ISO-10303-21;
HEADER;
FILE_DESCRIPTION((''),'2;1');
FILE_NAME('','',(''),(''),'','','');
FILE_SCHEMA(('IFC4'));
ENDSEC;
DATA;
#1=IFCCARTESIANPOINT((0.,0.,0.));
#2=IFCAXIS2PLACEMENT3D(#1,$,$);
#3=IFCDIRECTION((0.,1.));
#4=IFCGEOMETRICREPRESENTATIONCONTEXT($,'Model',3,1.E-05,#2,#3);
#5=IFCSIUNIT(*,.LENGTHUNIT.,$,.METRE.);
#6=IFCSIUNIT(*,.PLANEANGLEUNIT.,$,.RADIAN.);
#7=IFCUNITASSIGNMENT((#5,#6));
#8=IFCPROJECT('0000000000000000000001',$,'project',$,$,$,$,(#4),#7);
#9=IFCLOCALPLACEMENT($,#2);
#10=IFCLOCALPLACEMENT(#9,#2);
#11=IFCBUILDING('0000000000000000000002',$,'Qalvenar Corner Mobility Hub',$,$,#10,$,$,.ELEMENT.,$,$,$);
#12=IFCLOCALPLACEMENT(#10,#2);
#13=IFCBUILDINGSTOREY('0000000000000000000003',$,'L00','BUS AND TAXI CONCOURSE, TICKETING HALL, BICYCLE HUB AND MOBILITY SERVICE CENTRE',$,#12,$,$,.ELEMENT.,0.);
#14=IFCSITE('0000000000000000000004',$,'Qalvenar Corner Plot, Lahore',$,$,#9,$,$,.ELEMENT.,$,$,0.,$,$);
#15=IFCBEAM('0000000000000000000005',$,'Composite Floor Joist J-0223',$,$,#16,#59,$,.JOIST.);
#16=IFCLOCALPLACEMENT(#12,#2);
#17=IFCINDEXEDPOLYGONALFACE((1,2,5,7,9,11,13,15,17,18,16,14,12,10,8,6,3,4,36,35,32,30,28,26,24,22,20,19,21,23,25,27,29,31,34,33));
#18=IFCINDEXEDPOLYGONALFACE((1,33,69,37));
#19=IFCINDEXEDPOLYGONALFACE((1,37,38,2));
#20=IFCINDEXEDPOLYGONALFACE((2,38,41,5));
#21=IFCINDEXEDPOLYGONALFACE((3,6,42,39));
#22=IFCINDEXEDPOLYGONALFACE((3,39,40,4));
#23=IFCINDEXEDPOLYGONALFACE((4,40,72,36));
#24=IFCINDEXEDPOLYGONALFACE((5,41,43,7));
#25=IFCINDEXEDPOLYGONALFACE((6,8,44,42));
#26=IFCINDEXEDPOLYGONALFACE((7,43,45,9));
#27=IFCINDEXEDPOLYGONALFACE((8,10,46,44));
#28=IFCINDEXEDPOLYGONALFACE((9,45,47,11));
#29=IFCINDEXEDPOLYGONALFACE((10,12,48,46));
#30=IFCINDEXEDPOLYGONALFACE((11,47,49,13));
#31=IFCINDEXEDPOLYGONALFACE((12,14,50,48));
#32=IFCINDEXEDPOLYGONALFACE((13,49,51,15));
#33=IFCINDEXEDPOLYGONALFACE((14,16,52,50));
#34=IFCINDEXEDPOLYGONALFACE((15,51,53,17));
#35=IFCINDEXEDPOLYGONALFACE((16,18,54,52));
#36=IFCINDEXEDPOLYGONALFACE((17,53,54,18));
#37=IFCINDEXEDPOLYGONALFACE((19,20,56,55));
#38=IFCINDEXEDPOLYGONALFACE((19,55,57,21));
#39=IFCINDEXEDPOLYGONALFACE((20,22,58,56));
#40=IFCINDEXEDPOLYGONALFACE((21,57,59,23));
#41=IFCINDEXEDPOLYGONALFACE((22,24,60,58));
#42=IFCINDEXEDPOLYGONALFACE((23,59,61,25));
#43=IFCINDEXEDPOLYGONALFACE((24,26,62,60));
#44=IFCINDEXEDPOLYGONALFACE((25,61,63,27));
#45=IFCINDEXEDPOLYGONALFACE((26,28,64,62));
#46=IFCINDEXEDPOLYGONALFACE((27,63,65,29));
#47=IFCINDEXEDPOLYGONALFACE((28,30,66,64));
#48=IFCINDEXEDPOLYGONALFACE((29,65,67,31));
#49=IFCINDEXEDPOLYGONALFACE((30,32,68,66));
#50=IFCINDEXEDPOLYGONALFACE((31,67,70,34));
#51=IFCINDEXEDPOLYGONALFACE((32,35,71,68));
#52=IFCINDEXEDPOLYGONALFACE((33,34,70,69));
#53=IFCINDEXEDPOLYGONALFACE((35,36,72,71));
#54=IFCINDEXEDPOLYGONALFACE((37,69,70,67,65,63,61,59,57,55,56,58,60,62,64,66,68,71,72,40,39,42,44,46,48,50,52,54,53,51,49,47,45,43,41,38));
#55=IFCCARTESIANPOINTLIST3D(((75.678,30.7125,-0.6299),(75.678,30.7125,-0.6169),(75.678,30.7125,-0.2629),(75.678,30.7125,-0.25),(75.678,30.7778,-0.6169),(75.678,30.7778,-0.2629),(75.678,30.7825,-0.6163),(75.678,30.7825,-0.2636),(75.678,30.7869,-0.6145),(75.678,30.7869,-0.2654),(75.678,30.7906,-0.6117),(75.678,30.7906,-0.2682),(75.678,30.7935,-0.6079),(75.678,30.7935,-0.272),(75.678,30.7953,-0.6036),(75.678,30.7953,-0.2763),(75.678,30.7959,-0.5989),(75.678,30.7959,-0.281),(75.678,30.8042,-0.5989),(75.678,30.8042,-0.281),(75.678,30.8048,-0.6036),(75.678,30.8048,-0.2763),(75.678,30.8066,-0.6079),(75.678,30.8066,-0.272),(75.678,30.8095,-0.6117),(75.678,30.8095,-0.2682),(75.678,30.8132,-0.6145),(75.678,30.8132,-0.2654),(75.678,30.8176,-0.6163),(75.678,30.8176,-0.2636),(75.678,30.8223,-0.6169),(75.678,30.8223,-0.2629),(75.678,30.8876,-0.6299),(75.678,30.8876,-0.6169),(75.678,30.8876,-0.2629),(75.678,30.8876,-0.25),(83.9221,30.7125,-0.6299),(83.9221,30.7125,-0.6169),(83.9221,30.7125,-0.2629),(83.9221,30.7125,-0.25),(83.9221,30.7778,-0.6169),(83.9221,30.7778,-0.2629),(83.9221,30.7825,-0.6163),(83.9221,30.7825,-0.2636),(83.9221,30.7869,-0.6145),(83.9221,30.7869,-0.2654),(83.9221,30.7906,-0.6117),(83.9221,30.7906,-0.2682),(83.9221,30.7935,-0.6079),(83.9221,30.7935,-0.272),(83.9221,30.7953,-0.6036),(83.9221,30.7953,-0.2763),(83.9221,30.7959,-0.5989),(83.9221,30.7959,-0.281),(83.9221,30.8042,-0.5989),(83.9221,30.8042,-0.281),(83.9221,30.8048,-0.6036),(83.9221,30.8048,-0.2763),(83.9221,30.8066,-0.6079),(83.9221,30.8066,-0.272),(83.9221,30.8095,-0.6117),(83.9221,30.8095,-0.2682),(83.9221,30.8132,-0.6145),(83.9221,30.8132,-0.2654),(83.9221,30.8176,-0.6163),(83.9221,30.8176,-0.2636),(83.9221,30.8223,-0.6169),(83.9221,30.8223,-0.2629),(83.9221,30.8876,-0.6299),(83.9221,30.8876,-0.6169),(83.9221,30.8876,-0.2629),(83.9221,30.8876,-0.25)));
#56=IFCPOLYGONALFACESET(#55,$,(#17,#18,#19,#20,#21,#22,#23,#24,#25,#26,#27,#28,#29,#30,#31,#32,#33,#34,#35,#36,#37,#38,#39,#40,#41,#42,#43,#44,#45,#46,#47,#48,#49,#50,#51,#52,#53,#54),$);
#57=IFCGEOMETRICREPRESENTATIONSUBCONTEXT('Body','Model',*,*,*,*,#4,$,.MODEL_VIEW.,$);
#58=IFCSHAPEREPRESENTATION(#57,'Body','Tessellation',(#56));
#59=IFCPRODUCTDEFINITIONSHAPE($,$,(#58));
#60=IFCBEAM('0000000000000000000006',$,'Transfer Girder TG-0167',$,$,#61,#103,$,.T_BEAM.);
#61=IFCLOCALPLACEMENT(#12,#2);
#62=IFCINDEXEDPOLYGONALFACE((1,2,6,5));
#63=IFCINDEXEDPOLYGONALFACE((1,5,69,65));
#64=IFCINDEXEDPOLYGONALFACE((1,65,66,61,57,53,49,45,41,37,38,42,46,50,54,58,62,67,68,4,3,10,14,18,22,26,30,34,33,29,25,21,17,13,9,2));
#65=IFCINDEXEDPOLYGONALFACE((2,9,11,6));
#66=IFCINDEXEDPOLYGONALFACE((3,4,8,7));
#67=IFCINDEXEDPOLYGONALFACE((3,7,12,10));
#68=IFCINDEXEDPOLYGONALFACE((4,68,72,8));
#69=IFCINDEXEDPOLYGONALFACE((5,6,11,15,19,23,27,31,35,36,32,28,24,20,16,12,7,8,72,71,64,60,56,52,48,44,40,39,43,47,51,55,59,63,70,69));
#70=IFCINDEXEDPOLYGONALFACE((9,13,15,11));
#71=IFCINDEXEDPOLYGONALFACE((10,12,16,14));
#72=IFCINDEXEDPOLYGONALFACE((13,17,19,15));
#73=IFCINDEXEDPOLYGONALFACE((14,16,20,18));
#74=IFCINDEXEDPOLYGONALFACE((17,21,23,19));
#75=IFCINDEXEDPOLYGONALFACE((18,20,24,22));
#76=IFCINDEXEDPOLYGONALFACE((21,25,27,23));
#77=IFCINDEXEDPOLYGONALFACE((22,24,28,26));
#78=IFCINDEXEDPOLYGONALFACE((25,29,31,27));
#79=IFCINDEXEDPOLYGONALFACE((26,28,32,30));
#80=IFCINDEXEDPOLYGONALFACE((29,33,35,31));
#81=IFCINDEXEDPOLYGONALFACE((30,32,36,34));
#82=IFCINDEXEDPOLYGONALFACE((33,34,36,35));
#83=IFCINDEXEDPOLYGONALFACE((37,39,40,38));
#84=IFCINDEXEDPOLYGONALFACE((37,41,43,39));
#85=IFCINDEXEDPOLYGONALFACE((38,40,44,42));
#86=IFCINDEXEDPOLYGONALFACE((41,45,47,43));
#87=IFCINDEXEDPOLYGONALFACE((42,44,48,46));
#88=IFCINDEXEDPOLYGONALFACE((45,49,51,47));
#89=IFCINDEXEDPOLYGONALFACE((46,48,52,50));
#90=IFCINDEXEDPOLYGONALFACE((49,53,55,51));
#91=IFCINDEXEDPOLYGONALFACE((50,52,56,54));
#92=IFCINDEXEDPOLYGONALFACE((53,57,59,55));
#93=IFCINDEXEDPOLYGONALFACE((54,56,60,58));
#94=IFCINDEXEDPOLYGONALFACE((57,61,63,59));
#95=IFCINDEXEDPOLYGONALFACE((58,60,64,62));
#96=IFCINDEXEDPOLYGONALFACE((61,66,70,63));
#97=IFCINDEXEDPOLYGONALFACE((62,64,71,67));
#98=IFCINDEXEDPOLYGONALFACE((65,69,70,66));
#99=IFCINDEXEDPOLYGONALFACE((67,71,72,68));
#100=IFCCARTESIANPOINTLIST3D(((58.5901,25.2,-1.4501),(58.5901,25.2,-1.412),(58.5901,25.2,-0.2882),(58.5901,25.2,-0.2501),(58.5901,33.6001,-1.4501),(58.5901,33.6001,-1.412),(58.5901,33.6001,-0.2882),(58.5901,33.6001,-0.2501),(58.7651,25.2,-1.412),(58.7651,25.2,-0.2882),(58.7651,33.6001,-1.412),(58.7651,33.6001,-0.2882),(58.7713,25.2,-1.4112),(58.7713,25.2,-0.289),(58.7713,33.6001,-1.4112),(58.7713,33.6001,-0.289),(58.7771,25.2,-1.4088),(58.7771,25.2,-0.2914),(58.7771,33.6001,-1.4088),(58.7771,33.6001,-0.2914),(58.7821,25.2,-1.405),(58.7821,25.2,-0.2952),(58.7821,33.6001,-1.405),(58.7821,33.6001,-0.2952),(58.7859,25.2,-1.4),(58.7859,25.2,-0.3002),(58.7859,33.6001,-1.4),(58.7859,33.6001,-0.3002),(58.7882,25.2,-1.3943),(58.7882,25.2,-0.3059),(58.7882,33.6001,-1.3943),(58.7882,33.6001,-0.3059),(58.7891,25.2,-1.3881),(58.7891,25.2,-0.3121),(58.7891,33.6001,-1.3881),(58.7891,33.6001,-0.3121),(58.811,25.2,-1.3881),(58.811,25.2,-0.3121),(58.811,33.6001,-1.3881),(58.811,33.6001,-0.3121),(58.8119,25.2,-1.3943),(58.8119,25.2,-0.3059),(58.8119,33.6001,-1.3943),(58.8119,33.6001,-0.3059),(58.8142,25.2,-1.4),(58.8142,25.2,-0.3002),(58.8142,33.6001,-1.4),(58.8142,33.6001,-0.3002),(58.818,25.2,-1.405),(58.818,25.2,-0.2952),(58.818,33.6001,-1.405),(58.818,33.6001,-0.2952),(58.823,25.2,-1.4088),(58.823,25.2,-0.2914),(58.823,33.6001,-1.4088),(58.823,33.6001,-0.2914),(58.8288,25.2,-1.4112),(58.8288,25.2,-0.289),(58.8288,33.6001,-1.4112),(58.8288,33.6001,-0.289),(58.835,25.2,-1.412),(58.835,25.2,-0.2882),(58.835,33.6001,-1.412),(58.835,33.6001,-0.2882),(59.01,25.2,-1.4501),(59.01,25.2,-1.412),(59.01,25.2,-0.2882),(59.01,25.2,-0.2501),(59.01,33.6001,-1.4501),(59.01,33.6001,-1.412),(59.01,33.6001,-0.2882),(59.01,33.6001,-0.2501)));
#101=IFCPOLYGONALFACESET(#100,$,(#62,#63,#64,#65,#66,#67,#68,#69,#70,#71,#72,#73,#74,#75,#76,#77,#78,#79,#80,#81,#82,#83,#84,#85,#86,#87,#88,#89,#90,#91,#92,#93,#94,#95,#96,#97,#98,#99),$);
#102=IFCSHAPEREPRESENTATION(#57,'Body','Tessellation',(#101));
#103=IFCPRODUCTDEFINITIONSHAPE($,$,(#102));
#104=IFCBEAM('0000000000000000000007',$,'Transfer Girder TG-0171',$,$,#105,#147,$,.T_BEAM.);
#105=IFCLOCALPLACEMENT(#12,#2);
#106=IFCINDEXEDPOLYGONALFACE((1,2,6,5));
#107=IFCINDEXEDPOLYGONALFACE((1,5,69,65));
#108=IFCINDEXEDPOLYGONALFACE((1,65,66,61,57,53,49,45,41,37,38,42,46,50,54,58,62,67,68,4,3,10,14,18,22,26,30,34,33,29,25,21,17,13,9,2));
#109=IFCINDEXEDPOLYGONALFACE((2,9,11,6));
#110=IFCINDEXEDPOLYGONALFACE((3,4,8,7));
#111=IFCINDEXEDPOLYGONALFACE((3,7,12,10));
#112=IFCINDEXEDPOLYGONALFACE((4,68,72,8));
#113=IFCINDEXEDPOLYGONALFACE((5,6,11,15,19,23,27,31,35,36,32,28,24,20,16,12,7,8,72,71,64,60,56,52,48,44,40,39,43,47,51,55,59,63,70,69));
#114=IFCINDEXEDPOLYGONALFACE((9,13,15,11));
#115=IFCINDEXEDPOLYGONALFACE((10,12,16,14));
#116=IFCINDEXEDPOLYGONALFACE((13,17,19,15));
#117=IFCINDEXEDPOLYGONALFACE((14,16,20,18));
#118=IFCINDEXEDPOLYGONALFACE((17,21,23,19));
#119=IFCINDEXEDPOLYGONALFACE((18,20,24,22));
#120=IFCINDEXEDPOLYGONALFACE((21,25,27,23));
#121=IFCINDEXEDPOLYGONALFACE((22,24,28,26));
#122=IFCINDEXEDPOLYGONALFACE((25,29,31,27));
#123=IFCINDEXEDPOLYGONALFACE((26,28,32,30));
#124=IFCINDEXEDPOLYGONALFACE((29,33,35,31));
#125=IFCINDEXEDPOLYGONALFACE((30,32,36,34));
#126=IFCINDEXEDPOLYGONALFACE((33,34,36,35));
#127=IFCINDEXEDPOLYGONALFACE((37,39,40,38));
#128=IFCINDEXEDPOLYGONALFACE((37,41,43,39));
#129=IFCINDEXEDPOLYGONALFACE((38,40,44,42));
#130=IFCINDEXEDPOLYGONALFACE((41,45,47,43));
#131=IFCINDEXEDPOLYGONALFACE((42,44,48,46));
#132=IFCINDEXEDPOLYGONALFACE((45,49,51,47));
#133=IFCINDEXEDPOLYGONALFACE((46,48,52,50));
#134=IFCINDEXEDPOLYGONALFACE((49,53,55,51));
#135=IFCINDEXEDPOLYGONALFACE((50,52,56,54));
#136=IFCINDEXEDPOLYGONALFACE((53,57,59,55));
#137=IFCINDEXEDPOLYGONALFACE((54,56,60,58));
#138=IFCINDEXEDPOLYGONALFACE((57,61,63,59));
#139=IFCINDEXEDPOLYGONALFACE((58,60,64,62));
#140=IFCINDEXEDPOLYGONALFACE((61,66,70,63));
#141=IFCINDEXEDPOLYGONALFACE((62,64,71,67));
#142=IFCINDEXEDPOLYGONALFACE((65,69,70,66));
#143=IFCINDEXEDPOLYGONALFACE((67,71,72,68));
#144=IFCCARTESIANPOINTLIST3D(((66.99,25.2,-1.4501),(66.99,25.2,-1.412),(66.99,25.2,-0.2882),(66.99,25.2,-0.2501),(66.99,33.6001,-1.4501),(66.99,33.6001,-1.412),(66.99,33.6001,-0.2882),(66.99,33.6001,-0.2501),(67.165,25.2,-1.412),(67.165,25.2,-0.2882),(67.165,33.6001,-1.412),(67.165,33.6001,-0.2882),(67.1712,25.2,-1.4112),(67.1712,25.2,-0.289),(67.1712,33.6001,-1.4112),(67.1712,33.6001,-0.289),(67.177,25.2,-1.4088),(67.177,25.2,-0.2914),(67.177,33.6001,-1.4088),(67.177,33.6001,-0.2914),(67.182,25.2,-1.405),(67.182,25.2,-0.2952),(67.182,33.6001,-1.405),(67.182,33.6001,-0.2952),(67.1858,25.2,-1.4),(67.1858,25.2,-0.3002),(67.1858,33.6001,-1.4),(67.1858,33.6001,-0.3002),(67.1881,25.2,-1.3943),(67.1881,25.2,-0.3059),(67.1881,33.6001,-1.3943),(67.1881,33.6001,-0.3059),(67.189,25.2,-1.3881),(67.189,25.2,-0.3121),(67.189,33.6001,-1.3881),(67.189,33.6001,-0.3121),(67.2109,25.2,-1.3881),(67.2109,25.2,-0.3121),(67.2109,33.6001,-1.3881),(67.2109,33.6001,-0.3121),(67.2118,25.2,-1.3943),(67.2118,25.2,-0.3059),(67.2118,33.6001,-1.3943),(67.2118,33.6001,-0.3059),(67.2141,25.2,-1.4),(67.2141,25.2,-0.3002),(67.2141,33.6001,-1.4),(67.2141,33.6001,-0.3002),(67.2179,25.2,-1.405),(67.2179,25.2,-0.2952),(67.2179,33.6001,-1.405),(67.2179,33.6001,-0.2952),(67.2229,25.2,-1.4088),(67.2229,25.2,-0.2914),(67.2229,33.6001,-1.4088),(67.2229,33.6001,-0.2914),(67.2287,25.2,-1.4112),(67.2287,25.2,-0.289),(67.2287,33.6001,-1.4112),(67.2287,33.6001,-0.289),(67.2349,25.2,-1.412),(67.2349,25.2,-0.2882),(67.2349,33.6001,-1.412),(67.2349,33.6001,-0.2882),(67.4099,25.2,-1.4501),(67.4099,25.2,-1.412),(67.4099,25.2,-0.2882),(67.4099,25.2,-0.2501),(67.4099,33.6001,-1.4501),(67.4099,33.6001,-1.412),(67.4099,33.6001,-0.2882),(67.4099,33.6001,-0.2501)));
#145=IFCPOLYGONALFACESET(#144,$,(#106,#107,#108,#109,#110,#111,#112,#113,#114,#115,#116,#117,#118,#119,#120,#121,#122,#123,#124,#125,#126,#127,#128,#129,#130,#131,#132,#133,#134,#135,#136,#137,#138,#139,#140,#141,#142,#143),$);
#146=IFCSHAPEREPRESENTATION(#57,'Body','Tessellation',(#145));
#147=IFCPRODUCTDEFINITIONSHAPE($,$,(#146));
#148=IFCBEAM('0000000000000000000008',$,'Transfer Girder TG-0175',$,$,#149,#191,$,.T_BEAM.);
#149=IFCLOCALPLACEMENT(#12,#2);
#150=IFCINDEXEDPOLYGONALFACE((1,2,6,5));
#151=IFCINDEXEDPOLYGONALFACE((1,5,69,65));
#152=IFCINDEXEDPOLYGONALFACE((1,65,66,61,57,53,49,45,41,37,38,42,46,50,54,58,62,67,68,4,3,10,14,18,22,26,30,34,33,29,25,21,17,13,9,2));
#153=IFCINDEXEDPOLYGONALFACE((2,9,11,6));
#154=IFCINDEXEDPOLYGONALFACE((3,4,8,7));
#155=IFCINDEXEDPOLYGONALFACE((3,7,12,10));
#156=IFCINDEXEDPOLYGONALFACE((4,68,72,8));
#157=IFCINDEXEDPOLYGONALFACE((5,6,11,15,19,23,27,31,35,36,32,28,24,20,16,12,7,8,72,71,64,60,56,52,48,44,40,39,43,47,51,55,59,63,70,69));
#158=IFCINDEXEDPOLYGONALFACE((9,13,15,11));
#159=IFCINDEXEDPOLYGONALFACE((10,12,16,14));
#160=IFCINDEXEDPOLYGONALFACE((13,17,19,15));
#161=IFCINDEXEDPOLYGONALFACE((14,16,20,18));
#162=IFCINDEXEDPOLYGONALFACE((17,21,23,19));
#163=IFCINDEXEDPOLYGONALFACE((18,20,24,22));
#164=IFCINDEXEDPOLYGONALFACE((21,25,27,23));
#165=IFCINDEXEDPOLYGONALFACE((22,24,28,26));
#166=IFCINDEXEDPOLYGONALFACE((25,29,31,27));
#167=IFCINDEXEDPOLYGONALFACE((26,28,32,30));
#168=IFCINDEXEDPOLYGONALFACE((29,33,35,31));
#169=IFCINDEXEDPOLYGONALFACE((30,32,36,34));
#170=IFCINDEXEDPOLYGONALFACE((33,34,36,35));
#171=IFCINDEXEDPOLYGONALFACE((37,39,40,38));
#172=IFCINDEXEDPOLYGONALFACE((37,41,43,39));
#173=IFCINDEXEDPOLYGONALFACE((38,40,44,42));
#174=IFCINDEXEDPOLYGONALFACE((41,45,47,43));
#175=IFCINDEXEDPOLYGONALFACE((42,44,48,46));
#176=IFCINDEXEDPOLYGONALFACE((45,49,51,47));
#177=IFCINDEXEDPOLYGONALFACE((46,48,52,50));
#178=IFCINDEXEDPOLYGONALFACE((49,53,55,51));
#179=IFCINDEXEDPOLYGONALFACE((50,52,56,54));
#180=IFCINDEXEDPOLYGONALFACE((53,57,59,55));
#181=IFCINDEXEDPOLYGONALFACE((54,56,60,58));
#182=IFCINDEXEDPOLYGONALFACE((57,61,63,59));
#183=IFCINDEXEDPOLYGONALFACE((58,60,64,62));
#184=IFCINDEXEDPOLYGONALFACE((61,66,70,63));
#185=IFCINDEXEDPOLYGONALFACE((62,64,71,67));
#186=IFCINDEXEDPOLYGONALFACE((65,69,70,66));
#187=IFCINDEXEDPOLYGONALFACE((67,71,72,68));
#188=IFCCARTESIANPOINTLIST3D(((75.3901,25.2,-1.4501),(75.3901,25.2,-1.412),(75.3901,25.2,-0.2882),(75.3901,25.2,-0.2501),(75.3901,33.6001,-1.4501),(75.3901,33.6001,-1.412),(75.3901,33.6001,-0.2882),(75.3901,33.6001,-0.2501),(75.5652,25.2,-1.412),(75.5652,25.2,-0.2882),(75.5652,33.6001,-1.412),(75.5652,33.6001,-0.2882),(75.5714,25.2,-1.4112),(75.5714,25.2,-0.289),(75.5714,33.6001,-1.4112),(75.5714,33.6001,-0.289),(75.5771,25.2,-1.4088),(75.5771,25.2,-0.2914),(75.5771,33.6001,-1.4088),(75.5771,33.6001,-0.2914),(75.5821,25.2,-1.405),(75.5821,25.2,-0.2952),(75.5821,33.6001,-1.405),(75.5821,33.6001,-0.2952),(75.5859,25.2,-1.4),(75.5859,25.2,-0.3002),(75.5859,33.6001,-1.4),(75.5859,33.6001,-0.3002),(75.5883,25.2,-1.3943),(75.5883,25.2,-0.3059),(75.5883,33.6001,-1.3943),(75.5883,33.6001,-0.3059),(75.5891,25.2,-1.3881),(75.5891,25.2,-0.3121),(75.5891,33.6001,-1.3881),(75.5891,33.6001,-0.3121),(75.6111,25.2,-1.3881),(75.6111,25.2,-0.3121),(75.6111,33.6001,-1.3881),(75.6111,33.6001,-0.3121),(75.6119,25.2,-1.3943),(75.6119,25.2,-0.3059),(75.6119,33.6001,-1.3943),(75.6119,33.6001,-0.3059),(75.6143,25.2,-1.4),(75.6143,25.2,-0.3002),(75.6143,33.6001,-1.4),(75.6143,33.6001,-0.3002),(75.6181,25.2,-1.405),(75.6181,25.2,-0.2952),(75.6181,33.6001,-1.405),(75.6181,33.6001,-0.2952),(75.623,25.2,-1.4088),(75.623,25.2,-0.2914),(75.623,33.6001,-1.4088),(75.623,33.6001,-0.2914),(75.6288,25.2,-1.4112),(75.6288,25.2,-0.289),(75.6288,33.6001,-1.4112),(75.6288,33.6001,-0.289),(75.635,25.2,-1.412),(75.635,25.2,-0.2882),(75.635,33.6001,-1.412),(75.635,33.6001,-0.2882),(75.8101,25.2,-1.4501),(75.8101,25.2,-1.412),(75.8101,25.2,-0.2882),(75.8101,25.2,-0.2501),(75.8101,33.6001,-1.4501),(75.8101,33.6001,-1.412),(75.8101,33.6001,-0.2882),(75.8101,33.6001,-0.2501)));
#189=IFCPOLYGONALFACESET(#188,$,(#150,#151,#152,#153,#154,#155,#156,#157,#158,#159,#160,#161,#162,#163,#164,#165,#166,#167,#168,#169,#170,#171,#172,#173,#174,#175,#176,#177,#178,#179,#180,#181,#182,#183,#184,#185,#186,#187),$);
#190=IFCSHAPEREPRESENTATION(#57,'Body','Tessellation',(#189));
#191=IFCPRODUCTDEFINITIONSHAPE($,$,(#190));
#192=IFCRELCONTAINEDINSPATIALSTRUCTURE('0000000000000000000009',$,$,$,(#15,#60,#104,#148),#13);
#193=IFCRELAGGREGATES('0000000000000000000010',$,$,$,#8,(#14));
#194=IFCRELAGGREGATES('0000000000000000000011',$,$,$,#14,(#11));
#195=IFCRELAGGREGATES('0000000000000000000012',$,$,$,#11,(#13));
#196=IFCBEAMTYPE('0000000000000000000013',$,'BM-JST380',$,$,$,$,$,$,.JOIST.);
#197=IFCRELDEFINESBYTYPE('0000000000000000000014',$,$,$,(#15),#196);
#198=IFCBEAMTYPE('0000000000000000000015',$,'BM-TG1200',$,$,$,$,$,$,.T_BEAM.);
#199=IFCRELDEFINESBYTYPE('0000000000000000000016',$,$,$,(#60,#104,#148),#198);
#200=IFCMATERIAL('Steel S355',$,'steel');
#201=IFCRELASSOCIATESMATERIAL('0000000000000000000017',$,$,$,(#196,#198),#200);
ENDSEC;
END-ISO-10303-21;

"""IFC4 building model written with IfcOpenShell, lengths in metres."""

from ifc_helpers import new_model, si_unit, direction, frame, origin, origin_2d, place, context, subcontext, project, spatial, i_section, extrude, material, material_profile, profile_set, type_object, element, save


model = new_model("IFC4")

# Units and contexts
model_context = context("Model", 3, precision=1e-05, world=origin(), true_north=direction((0.0, 1.0)))
body_context = subcontext(model_context, "Body", "Model", "MODEL_VIEW")
ifc_project = project(units=[si_unit("LENGTHUNIT", "METRE"), si_unit("PLANEANGLEUNIT", "RADIAN")], contexts=[model_context])

# Site, building, storey
site_placement = place(None, origin())
site = spatial("IfcSite", under=ifc_project, at=site_placement, Name="Qalvenar Corner Plot, Lahore", CompositionType="ELEMENT", RefElevation=0.0)
building_placement = place(site_placement, origin())
building = spatial("IfcBuilding", under=site, at=building_placement, Name="Qalvenar Corner Mobility Hub", CompositionType="ELEMENT")
storey_placement = place(building_placement, origin())
storey = spatial("IfcBuildingStorey", under=building, at=storey_placement, Name="L00", Description="BUS AND TAXI CONCOURSE, TICKETING HALL, BICYCLE HUB AND MOBILITY SERVICE CENTRE", CompositionType="ELEMENT", Elevation=0.0)

# Shared definitions
ifc_material_1 = material(Name="Steel S355", Category="steel")

# Beams
ifc_material_profile_1 = material_profile(ifc_material_1, i_section(OverallWidth=0.175, OverallDepth=0.3799, WebThickness=0.0083, FlangeThickness=0.0129, FilletRadius=0.0181, at=origin_2d()), Name="IPE380-EQ")
ifc_profile_set_1 = profile_set([ifc_material_profile_1], Name="Steel S355")
beam_type_1 = type_object("IfcBeamType", Name="BM-JST380", PredefinedType="JOIST", material=ifc_profile_set_1)
for number, where, z_axis, x_axis, name in (
    (1, (75.678, 30.8, -0.4399), (1.0, 0.0, 0.0), (0.0, 1.0, 0.0), "Composite Floor Joist J-0223"),
):
    element("IfcBeam", number, at=place(storey_placement, frame(where, z_axis=z_axis, x_axis=x_axis)), inside=storey, type_object=beam_type_1, Name=name, PredefinedType="JOIST", context=body_context, shape_type="SweptSolid", body=[
        extrude(i_section(OverallWidth=0.175, OverallDepth=0.3799, WebThickness=0.0083, FlangeThickness=0.0129, FilletRadius=0.0181, at=origin_2d()), origin(), (0.0, 0.0, 1.0), 8.2441),
    ])
ifc_material_profile_2 = material_profile(ifc_material_1, i_section(OverallWidth=0.4199, OverallDepth=1.2, WebThickness=0.022, FlangeThickness=0.0381, FilletRadius=0.0239, at=origin_2d()), Name="W1100x390-TG1200")
ifc_profile_set_2 = profile_set([ifc_material_profile_2], Name="Steel S355")
beam_type_2 = type_object("IfcBeamType", Name="BM-TG1200", PredefinedType="T_BEAM", material=ifc_profile_set_2)
for number, where, z_axis, x_axis, name in (
    (2, (58.8, 25.2, -0.8501), (0.0, 1.0, 0.0), (-1.0, 0.0, 0.0), "Transfer Girder TG-0167"),
    (3, (67.2, 25.2, -0.8501), (0.0, 1.0, 0.0), (-1.0, 0.0, 0.0), "Transfer Girder TG-0171"),
    (4, (75.6001, 25.2, -0.8501), (0.0, 1.0, 0.0), (-1.0, 0.0, 0.0), "Transfer Girder TG-0175"),
):
    element("IfcBeam", number, at=place(storey_placement, frame(where, z_axis=z_axis, x_axis=x_axis)), inside=storey, type_object=beam_type_2, Name=name, PredefinedType="T_BEAM", context=body_context, shape_type="SweptSolid", body=[
        extrude(i_section(OverallWidth=0.4199, OverallDepth=1.2, WebThickness=0.022, FlangeThickness=0.0381, FilletRadius=0.0239, at=origin_2d()), origin(), (0.0, 0.0, 1.0), 8.4001),
    ])

save(model, "model.ifc")
